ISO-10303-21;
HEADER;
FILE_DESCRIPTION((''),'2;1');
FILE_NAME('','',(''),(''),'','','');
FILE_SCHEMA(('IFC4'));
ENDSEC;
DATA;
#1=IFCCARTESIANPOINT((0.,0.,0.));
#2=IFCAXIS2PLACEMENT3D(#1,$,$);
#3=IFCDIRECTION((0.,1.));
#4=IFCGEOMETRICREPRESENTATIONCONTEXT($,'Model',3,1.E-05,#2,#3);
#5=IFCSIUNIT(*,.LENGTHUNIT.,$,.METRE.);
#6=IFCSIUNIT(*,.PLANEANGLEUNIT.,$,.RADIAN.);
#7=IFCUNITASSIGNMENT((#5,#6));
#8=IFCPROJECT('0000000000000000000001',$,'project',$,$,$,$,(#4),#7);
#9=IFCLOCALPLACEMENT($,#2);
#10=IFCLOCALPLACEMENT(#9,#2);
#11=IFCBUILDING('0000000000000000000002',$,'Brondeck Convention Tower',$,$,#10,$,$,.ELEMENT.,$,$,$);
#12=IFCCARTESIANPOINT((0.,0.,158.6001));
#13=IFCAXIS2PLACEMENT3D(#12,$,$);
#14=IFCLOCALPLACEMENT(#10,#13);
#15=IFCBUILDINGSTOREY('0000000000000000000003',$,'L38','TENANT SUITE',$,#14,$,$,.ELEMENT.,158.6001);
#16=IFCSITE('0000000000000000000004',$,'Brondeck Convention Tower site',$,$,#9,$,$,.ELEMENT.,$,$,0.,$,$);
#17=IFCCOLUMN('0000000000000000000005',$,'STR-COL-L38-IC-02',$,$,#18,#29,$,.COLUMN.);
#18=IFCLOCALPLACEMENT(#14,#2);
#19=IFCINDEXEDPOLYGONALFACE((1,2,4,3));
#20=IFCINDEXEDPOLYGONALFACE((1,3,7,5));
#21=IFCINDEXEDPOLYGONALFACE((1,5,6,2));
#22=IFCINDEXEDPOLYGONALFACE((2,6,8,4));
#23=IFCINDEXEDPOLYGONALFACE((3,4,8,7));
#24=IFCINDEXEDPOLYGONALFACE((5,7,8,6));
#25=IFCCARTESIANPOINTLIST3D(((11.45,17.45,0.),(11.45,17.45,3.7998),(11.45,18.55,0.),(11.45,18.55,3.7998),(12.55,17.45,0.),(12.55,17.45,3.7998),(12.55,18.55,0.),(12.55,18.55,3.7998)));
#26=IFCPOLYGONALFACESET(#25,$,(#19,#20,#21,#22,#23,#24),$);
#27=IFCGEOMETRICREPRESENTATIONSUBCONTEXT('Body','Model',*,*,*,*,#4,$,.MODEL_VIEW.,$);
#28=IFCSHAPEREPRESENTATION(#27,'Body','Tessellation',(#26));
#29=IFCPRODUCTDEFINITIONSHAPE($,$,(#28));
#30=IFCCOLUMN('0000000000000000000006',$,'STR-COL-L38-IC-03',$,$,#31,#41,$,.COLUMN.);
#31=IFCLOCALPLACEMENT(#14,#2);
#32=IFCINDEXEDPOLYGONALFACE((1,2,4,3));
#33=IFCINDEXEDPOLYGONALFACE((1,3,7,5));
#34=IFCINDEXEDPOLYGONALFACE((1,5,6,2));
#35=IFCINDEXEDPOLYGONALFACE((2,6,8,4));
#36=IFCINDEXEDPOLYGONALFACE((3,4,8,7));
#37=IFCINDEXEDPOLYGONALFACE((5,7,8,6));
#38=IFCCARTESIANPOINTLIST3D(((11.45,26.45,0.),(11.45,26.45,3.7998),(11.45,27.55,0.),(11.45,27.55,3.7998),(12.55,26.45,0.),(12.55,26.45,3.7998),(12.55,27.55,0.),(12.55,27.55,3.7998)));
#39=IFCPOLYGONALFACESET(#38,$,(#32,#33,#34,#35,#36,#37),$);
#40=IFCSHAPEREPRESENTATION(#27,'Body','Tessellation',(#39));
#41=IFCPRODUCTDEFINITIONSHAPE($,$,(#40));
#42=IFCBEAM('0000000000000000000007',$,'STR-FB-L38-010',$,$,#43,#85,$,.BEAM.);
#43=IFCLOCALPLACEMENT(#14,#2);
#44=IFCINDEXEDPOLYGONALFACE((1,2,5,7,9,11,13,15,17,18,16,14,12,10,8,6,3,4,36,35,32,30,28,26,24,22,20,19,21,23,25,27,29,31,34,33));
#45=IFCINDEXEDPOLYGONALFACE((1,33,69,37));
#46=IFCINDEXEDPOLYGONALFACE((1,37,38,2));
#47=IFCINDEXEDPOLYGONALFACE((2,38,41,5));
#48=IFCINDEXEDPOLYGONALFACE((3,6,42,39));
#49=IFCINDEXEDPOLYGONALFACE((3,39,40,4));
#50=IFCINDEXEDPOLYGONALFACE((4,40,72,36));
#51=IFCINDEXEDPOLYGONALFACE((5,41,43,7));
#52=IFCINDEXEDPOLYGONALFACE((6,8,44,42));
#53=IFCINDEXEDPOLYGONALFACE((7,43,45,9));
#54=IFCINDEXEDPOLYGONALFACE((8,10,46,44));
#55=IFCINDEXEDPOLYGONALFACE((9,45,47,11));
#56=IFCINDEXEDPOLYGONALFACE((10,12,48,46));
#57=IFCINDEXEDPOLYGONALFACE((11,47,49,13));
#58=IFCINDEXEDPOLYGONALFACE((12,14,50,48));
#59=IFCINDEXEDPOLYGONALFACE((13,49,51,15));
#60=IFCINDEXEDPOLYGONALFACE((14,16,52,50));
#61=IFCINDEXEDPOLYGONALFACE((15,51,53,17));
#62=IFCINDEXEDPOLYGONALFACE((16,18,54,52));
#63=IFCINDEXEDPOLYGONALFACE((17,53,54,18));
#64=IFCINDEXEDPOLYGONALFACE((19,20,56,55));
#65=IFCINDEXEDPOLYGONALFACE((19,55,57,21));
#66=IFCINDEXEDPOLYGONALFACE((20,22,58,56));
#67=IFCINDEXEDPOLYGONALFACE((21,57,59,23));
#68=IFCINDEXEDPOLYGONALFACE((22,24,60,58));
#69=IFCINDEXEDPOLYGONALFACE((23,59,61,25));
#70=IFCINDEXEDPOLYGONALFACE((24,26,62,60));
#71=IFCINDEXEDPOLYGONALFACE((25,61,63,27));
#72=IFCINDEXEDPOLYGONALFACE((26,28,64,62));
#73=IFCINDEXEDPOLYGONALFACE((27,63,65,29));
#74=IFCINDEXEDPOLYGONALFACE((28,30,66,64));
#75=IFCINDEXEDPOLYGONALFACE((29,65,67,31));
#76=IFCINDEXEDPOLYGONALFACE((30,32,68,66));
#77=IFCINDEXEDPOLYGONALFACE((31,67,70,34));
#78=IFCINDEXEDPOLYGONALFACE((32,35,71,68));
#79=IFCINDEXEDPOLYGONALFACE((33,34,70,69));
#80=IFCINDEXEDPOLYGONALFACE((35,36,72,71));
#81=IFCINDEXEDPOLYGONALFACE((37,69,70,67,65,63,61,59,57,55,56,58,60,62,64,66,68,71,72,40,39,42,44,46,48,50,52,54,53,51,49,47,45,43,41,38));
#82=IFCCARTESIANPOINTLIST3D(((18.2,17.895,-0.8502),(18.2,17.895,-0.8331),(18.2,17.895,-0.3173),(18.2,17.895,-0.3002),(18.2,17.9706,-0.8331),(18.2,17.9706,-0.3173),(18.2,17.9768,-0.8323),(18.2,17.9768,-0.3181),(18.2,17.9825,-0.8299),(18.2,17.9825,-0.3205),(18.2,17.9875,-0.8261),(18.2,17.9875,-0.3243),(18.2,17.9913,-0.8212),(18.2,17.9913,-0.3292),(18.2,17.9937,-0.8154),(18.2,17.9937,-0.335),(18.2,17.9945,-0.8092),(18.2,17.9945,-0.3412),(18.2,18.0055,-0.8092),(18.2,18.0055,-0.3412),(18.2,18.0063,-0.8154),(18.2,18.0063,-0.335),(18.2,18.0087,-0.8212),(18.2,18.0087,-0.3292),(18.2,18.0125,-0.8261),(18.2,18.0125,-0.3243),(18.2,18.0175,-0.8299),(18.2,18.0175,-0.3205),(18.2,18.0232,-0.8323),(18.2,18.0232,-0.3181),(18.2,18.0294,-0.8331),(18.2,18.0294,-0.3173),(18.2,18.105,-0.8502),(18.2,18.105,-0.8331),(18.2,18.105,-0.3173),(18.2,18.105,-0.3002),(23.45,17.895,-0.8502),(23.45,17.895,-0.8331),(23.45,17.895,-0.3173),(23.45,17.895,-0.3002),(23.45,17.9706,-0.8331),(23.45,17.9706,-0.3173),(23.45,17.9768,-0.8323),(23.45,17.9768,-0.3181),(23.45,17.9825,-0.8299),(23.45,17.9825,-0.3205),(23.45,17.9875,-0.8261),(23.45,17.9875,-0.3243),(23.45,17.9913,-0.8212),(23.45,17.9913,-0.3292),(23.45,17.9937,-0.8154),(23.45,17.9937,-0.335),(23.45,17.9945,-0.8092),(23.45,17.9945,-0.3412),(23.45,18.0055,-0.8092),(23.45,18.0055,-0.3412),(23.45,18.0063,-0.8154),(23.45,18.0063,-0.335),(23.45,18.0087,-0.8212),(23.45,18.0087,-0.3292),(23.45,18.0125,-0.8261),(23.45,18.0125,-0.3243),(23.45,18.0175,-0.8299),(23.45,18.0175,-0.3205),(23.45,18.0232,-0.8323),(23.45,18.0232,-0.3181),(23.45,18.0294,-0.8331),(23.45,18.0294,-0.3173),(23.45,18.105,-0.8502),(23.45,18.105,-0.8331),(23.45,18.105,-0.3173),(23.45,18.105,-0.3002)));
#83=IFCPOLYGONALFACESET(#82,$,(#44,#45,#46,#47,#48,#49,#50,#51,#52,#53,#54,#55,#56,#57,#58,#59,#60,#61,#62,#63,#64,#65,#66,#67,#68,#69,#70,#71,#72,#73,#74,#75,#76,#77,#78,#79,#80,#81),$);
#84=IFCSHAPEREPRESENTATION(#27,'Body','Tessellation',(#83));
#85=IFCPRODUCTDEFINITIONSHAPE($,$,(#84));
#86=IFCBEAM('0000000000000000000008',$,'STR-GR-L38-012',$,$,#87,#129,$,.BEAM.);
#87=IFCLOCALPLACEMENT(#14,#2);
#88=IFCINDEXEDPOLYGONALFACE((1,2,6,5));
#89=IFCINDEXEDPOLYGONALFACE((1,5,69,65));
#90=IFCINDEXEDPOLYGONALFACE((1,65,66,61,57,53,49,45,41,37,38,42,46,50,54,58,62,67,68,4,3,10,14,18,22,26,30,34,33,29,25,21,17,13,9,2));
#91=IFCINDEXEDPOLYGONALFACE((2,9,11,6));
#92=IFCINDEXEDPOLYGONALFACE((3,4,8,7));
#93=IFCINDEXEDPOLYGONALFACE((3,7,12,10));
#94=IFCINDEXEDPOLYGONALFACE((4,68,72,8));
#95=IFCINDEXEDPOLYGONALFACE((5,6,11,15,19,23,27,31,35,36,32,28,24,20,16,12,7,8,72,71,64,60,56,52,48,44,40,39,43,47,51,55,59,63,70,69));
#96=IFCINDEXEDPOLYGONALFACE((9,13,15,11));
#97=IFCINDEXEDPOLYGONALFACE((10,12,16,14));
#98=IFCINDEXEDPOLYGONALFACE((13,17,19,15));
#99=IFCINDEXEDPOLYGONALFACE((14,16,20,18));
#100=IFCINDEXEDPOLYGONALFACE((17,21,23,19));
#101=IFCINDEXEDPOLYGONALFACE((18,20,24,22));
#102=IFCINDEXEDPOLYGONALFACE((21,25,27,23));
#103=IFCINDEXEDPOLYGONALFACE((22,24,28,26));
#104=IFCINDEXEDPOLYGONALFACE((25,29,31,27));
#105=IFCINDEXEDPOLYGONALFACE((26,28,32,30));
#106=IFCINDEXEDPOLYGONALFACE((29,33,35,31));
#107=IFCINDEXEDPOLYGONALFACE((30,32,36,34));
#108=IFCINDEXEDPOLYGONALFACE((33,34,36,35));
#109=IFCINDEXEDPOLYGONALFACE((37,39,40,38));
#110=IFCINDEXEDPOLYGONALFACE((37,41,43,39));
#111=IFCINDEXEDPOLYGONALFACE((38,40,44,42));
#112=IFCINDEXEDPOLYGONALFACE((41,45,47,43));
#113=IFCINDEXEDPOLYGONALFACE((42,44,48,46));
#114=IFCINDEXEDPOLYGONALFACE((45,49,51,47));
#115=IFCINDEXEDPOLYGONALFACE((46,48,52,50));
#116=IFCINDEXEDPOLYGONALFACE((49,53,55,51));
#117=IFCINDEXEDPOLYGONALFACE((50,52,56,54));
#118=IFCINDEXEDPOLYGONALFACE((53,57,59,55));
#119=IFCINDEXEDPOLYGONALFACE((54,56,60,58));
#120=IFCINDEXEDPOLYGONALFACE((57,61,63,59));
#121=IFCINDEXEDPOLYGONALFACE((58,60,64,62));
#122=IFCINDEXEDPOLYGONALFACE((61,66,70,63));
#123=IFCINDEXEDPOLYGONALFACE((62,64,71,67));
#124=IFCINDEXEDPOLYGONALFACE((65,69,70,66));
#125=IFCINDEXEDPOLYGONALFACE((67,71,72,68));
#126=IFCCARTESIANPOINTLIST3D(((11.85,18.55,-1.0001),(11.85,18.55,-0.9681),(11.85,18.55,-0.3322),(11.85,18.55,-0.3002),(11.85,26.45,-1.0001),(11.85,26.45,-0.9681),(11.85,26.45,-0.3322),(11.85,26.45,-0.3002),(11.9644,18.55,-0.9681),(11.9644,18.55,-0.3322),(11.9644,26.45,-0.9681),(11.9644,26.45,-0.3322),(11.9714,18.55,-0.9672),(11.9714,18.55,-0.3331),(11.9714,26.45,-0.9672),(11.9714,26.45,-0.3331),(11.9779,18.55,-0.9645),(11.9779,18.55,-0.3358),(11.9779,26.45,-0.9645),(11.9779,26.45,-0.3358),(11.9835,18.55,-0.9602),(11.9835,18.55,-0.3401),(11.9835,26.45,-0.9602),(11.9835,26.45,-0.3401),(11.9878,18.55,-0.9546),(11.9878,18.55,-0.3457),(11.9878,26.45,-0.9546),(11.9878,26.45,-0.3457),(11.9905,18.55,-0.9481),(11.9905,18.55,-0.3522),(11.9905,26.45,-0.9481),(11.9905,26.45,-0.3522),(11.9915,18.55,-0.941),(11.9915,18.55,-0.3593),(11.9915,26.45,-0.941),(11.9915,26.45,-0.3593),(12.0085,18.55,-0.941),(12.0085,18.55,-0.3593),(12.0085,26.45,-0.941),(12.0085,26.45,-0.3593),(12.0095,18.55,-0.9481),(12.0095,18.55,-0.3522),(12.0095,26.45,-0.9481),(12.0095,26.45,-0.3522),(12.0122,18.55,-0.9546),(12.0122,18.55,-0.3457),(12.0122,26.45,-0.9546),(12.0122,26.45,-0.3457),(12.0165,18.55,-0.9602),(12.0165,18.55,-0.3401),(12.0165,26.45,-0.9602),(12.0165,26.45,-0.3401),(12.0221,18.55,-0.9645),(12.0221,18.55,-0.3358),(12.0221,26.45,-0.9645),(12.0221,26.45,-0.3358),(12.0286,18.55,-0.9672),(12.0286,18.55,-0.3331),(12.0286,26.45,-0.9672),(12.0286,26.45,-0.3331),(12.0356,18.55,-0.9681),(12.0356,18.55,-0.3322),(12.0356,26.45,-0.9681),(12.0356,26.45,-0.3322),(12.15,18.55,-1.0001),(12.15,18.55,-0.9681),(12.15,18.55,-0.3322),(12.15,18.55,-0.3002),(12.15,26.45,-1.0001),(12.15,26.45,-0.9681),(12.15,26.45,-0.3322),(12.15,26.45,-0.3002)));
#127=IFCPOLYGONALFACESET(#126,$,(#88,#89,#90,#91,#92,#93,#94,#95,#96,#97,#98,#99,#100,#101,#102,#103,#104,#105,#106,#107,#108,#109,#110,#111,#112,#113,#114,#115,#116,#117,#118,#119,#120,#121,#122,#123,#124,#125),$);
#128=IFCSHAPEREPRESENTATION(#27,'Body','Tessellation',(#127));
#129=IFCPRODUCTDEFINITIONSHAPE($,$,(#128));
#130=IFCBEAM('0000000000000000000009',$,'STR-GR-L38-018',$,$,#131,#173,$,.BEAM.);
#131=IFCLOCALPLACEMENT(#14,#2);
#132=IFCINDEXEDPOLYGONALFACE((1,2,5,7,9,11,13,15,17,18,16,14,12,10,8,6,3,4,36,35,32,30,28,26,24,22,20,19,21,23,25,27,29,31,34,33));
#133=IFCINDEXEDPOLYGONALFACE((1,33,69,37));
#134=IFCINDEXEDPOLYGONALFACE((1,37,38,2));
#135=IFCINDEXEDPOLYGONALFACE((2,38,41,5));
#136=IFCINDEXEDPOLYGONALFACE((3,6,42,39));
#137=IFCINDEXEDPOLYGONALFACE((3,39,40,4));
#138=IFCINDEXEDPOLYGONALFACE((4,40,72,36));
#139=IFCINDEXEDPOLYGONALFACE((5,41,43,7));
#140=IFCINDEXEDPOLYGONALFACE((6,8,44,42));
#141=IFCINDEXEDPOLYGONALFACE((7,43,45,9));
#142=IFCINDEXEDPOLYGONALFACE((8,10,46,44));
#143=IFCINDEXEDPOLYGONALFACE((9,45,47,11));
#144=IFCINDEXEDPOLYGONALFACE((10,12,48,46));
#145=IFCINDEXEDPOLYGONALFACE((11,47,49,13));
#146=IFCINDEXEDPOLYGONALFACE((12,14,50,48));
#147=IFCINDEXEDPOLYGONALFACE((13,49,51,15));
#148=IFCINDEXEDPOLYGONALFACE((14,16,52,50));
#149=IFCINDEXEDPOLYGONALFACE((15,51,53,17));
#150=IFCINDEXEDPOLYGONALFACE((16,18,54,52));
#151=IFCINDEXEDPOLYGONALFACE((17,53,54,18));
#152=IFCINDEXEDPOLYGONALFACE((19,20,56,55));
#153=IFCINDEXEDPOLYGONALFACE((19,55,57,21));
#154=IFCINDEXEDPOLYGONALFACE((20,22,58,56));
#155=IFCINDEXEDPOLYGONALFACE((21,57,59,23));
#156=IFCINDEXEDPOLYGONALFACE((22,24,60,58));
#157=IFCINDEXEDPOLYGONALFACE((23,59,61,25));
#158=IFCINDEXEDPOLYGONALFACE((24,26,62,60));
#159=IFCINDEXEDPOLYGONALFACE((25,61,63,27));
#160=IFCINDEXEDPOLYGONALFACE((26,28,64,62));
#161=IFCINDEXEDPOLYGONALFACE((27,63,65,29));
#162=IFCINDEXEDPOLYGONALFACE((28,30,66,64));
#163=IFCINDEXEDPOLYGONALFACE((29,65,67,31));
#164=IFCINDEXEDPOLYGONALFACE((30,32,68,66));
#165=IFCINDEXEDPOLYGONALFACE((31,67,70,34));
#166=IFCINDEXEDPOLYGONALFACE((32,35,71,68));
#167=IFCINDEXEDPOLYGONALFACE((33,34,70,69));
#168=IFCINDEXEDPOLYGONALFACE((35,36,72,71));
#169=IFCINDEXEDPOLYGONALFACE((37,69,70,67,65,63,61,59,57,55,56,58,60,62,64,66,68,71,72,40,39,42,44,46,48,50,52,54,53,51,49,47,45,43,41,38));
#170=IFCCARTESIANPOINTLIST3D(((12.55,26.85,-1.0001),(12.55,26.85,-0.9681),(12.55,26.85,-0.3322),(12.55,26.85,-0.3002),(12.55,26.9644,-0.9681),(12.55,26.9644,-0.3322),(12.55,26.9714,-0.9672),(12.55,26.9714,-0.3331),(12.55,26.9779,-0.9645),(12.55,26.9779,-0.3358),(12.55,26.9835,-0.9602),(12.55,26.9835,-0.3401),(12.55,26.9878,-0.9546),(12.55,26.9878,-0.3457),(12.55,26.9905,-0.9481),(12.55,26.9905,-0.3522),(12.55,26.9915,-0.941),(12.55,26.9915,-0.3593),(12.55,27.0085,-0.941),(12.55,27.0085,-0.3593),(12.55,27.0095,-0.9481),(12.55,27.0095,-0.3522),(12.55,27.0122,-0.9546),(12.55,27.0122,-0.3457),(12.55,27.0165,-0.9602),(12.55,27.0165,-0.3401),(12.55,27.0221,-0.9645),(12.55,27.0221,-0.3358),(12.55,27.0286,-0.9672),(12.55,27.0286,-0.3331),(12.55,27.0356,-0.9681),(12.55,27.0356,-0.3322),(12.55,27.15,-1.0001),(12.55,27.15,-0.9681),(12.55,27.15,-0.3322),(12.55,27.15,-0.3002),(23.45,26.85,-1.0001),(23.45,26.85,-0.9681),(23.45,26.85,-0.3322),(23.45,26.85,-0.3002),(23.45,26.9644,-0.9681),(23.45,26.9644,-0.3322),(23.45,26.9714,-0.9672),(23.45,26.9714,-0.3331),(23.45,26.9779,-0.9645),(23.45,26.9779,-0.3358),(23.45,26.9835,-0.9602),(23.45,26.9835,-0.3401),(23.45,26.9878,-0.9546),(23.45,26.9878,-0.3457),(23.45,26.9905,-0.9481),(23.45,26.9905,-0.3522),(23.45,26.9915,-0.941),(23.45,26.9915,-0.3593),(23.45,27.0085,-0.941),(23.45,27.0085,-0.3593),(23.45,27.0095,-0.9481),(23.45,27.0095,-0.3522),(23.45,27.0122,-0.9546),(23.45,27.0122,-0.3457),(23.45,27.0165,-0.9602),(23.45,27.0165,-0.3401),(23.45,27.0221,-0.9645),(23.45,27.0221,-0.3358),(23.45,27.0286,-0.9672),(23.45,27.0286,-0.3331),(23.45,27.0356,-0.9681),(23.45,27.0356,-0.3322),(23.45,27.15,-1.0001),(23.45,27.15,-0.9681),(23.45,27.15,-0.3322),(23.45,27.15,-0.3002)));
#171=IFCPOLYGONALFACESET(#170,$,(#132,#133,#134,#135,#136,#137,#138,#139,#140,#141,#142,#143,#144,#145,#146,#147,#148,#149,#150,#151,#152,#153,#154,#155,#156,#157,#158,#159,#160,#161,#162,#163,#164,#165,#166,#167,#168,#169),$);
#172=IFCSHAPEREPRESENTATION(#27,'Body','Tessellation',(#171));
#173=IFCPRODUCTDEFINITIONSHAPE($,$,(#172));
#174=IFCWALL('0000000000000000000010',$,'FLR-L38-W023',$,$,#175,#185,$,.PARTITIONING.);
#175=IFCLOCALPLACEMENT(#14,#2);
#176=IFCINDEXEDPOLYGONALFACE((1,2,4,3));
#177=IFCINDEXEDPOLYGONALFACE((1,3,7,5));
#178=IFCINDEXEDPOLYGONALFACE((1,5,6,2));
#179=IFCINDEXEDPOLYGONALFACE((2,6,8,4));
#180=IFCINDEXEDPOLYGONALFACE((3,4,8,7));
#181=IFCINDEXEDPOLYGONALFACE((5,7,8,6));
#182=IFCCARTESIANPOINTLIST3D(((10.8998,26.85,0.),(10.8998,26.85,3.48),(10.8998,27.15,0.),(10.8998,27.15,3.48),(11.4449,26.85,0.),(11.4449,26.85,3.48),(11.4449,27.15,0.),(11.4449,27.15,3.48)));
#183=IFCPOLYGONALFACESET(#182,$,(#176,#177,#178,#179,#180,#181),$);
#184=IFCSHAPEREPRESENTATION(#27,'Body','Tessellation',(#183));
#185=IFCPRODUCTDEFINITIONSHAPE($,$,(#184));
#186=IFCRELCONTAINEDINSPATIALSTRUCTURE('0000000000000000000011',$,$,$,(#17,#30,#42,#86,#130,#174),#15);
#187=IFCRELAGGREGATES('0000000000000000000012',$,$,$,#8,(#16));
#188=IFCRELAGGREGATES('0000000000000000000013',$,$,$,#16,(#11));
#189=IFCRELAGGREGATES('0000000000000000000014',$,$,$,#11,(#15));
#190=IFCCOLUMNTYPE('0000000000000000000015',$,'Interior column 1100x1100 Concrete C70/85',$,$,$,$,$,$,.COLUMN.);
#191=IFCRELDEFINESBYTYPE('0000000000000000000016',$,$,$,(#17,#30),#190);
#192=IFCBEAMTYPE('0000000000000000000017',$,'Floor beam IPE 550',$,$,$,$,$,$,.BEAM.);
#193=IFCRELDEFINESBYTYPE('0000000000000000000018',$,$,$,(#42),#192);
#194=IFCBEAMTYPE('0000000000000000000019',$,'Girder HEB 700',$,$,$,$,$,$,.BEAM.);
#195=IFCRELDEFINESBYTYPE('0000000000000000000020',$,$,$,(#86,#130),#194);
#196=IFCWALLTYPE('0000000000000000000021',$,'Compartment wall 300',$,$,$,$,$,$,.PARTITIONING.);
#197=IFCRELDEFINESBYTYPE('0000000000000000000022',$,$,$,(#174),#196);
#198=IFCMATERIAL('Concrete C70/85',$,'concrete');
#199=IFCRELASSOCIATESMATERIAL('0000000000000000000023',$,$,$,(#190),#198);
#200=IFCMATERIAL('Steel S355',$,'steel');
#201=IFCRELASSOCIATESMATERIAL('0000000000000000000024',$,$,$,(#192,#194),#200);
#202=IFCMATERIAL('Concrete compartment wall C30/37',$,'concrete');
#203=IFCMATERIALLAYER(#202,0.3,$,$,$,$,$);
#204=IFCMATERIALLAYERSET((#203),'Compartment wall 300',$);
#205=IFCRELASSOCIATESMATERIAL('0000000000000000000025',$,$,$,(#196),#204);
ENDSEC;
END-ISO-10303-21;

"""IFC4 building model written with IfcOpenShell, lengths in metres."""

from ifc_helpers import new_model, si_unit, direction, frame, frame_2d, origin, origin_2d, place, context, subcontext, project, spatial, rectangle, i_section, extrude, material, layer, layer_set, material_profile, profile_set, type_object, element, save


model = new_model("IFC4")

# Units and contexts
model_context = context("Model", 3, precision=1e-05, world=origin(), true_north=direction((0.0, 1.0)))
body_context = subcontext(model_context, "Body", "Model", "MODEL_VIEW")
ifc_project = project(units=[si_unit("LENGTHUNIT", "METRE"), si_unit("PLANEANGLEUNIT", "RADIAN")], contexts=[model_context])

# Site, building, storey
site_placement = place(None, origin())
site = spatial("IfcSite", under=ifc_project, at=site_placement, Name="Brondeck Convention Tower site", CompositionType="ELEMENT", RefElevation=0.0)
building_placement = place(site_placement, origin())
building = spatial("IfcBuilding", under=site, at=building_placement, Name="Brondeck Convention Tower", CompositionType="ELEMENT")
storey_placement = place(building_placement, frame((0.0, 0.0, 158.6001)))
storey = spatial("IfcBuildingStorey", under=building, at=storey_placement, Name="L38", Description="TENANT SUITE", CompositionType="ELEMENT", Elevation=158.6001)

# Columns
ifc_material_1 = material(Name="Concrete C70/85", Category="concrete")
ifc_material_profile_1 = material_profile(ifc_material_1, rectangle(XDim=1.1001, YDim=1.1001, at=origin_2d()), Name="Interior column 1100x1100 Concrete C70/85")
ifc_profile_set_1 = profile_set([ifc_material_profile_1], Name="Concrete C70/85")
column_type = type_object("IfcColumnType", Name="Interior column 1100x1100 Concrete C70/85", PredefinedType="COLUMN", material=ifc_profile_set_1)
for number, where, z_axis, x_axis, name in (
    (1, (12.0, 18.0, 0.0), (0.0, 0.0, 1.0), (1.0, 0.0, 0.0), "STR-COL-L38-IC-02"),
    (2, (12.0, 27.0, 0.0), (0.0, 0.0, 1.0), (1.0, 0.0, 0.0), "STR-COL-L38-IC-03"),
):
    element("IfcColumn", number, at=place(storey_placement, frame(where, z_axis=z_axis, x_axis=x_axis)), inside=storey, type_object=column_type, Name=name, PredefinedType="COLUMN", context=body_context, shape_type="SweptSolid", body=[
        extrude(rectangle(XDim=1.1001, YDim=1.1001, at=origin_2d()), origin(), (0.0, 0.0, 1.0), 3.7998),
    ])

# Beams
ifc_material_2 = material(Name="Steel S355", Category="steel")
ifc_material_profile_2 = material_profile(ifc_material_2, i_section(OverallWidth=0.21, OverallDepth=0.55, WebThickness=0.011, FlangeThickness=0.0171, FilletRadius=0.0239, at=origin_2d()), Name="IPE 550")
ifc_profile_set_2 = profile_set([ifc_material_profile_2], Name="Steel S355")
beam_type_1 = type_object("IfcBeamType", Name="Floor beam IPE 550", PredefinedType="BEAM", material=ifc_profile_set_2)
beam_1_placement = place(storey_placement, frame((18.2, 18.0, -0.5752), z_axis=(1.0, 0.0, 0.0), x_axis=(0.0, 1.0, 0.0)))
element("IfcBeam", 3, at=beam_1_placement, inside=storey, type_object=beam_type_1, Name="STR-FB-L38-010", PredefinedType="BEAM", context=body_context, shape_type="SweptSolid", body=[
    extrude(i_section(OverallWidth=0.21, OverallDepth=0.55, WebThickness=0.011, FlangeThickness=0.0171, FilletRadius=0.0239, at=origin_2d()), origin(), (0.0, 0.0, 1.0), 5.25),
])
ifc_material_profile_3 = material_profile(ifc_material_2, i_section(OverallWidth=0.3, OverallDepth=0.7, WebThickness=0.0171, FlangeThickness=0.032, FilletRadius=0.0271, at=origin_2d()), Name="HEB 700")
ifc_profile_set_3 = profile_set([ifc_material_profile_3], Name="Steel S355")
beam_type_2 = type_object("IfcBeamType", Name="Girder HEB 700", PredefinedType="BEAM", material=ifc_profile_set_3)
beam_2_placement = place(storey_placement, frame((12.0, 26.45, -0.6501), z_axis=(0.0, -1.0, 0.0), x_axis=(1.0, 0.0, 0.0)))
element("IfcBeam", 4, at=beam_2_placement, inside=storey, type_object=beam_type_2, Name="STR-GR-L38-012", PredefinedType="BEAM", context=body_context, shape_type="SweptSolid", body=[
    extrude(i_section(OverallWidth=0.3, OverallDepth=0.7, WebThickness=0.0171, FlangeThickness=0.032, FilletRadius=0.0271, at=origin_2d()), origin(), (0.0, 0.0, 1.0), 7.8999),
])
beam_3_placement = place(storey_placement, frame((12.55, 27.0, -0.6501), z_axis=(1.0, 0.0, 0.0), x_axis=(0.0, 1.0, 0.0)))
element("IfcBeam", 5, at=beam_3_placement, inside=storey, type_object=beam_type_2, Name="STR-GR-L38-018", PredefinedType="BEAM", context=body_context, shape_type="SweptSolid", body=[
    extrude(i_section(OverallWidth=0.3, OverallDepth=0.7, WebThickness=0.0171, FlangeThickness=0.032, FilletRadius=0.0271, at=origin_2d()), origin(), (0.0, 0.0, 1.0), 10.8999),
])

# Wall
ifc_material_3 = material(Name="Concrete compartment wall C30/37", Category="concrete")
ifc_layer_1 = layer(ifc_material_3, 0.3)
ifc_layer_set_1 = layer_set([ifc_layer_1], Name="Compartment wall 300")
wall_type_1 = type_object("IfcWallType", Name="Compartment wall 300", PredefinedType="PARTITIONING", material=ifc_layer_set_1)
wall_1_placement = place(storey_placement, frame((10.8999, 27.0, 0.0), z_axis=(0.0, 0.0, 1.0), x_axis=(1.0, 0.0, 0.0)))
element("IfcWall", 6, at=wall_1_placement, inside=storey, type_object=wall_type_1, Name="FLR-L38-W023", PredefinedType="PARTITIONING", context=body_context, shape_type="SweptSolid", body=[
    extrude(rectangle(XDim=0.5452, YDim=0.3, at=frame_2d((0.2725, 0.0))), origin(), (0.0, 0.0, 1.0), 3.48),
])

save(model, "model.ifc")
